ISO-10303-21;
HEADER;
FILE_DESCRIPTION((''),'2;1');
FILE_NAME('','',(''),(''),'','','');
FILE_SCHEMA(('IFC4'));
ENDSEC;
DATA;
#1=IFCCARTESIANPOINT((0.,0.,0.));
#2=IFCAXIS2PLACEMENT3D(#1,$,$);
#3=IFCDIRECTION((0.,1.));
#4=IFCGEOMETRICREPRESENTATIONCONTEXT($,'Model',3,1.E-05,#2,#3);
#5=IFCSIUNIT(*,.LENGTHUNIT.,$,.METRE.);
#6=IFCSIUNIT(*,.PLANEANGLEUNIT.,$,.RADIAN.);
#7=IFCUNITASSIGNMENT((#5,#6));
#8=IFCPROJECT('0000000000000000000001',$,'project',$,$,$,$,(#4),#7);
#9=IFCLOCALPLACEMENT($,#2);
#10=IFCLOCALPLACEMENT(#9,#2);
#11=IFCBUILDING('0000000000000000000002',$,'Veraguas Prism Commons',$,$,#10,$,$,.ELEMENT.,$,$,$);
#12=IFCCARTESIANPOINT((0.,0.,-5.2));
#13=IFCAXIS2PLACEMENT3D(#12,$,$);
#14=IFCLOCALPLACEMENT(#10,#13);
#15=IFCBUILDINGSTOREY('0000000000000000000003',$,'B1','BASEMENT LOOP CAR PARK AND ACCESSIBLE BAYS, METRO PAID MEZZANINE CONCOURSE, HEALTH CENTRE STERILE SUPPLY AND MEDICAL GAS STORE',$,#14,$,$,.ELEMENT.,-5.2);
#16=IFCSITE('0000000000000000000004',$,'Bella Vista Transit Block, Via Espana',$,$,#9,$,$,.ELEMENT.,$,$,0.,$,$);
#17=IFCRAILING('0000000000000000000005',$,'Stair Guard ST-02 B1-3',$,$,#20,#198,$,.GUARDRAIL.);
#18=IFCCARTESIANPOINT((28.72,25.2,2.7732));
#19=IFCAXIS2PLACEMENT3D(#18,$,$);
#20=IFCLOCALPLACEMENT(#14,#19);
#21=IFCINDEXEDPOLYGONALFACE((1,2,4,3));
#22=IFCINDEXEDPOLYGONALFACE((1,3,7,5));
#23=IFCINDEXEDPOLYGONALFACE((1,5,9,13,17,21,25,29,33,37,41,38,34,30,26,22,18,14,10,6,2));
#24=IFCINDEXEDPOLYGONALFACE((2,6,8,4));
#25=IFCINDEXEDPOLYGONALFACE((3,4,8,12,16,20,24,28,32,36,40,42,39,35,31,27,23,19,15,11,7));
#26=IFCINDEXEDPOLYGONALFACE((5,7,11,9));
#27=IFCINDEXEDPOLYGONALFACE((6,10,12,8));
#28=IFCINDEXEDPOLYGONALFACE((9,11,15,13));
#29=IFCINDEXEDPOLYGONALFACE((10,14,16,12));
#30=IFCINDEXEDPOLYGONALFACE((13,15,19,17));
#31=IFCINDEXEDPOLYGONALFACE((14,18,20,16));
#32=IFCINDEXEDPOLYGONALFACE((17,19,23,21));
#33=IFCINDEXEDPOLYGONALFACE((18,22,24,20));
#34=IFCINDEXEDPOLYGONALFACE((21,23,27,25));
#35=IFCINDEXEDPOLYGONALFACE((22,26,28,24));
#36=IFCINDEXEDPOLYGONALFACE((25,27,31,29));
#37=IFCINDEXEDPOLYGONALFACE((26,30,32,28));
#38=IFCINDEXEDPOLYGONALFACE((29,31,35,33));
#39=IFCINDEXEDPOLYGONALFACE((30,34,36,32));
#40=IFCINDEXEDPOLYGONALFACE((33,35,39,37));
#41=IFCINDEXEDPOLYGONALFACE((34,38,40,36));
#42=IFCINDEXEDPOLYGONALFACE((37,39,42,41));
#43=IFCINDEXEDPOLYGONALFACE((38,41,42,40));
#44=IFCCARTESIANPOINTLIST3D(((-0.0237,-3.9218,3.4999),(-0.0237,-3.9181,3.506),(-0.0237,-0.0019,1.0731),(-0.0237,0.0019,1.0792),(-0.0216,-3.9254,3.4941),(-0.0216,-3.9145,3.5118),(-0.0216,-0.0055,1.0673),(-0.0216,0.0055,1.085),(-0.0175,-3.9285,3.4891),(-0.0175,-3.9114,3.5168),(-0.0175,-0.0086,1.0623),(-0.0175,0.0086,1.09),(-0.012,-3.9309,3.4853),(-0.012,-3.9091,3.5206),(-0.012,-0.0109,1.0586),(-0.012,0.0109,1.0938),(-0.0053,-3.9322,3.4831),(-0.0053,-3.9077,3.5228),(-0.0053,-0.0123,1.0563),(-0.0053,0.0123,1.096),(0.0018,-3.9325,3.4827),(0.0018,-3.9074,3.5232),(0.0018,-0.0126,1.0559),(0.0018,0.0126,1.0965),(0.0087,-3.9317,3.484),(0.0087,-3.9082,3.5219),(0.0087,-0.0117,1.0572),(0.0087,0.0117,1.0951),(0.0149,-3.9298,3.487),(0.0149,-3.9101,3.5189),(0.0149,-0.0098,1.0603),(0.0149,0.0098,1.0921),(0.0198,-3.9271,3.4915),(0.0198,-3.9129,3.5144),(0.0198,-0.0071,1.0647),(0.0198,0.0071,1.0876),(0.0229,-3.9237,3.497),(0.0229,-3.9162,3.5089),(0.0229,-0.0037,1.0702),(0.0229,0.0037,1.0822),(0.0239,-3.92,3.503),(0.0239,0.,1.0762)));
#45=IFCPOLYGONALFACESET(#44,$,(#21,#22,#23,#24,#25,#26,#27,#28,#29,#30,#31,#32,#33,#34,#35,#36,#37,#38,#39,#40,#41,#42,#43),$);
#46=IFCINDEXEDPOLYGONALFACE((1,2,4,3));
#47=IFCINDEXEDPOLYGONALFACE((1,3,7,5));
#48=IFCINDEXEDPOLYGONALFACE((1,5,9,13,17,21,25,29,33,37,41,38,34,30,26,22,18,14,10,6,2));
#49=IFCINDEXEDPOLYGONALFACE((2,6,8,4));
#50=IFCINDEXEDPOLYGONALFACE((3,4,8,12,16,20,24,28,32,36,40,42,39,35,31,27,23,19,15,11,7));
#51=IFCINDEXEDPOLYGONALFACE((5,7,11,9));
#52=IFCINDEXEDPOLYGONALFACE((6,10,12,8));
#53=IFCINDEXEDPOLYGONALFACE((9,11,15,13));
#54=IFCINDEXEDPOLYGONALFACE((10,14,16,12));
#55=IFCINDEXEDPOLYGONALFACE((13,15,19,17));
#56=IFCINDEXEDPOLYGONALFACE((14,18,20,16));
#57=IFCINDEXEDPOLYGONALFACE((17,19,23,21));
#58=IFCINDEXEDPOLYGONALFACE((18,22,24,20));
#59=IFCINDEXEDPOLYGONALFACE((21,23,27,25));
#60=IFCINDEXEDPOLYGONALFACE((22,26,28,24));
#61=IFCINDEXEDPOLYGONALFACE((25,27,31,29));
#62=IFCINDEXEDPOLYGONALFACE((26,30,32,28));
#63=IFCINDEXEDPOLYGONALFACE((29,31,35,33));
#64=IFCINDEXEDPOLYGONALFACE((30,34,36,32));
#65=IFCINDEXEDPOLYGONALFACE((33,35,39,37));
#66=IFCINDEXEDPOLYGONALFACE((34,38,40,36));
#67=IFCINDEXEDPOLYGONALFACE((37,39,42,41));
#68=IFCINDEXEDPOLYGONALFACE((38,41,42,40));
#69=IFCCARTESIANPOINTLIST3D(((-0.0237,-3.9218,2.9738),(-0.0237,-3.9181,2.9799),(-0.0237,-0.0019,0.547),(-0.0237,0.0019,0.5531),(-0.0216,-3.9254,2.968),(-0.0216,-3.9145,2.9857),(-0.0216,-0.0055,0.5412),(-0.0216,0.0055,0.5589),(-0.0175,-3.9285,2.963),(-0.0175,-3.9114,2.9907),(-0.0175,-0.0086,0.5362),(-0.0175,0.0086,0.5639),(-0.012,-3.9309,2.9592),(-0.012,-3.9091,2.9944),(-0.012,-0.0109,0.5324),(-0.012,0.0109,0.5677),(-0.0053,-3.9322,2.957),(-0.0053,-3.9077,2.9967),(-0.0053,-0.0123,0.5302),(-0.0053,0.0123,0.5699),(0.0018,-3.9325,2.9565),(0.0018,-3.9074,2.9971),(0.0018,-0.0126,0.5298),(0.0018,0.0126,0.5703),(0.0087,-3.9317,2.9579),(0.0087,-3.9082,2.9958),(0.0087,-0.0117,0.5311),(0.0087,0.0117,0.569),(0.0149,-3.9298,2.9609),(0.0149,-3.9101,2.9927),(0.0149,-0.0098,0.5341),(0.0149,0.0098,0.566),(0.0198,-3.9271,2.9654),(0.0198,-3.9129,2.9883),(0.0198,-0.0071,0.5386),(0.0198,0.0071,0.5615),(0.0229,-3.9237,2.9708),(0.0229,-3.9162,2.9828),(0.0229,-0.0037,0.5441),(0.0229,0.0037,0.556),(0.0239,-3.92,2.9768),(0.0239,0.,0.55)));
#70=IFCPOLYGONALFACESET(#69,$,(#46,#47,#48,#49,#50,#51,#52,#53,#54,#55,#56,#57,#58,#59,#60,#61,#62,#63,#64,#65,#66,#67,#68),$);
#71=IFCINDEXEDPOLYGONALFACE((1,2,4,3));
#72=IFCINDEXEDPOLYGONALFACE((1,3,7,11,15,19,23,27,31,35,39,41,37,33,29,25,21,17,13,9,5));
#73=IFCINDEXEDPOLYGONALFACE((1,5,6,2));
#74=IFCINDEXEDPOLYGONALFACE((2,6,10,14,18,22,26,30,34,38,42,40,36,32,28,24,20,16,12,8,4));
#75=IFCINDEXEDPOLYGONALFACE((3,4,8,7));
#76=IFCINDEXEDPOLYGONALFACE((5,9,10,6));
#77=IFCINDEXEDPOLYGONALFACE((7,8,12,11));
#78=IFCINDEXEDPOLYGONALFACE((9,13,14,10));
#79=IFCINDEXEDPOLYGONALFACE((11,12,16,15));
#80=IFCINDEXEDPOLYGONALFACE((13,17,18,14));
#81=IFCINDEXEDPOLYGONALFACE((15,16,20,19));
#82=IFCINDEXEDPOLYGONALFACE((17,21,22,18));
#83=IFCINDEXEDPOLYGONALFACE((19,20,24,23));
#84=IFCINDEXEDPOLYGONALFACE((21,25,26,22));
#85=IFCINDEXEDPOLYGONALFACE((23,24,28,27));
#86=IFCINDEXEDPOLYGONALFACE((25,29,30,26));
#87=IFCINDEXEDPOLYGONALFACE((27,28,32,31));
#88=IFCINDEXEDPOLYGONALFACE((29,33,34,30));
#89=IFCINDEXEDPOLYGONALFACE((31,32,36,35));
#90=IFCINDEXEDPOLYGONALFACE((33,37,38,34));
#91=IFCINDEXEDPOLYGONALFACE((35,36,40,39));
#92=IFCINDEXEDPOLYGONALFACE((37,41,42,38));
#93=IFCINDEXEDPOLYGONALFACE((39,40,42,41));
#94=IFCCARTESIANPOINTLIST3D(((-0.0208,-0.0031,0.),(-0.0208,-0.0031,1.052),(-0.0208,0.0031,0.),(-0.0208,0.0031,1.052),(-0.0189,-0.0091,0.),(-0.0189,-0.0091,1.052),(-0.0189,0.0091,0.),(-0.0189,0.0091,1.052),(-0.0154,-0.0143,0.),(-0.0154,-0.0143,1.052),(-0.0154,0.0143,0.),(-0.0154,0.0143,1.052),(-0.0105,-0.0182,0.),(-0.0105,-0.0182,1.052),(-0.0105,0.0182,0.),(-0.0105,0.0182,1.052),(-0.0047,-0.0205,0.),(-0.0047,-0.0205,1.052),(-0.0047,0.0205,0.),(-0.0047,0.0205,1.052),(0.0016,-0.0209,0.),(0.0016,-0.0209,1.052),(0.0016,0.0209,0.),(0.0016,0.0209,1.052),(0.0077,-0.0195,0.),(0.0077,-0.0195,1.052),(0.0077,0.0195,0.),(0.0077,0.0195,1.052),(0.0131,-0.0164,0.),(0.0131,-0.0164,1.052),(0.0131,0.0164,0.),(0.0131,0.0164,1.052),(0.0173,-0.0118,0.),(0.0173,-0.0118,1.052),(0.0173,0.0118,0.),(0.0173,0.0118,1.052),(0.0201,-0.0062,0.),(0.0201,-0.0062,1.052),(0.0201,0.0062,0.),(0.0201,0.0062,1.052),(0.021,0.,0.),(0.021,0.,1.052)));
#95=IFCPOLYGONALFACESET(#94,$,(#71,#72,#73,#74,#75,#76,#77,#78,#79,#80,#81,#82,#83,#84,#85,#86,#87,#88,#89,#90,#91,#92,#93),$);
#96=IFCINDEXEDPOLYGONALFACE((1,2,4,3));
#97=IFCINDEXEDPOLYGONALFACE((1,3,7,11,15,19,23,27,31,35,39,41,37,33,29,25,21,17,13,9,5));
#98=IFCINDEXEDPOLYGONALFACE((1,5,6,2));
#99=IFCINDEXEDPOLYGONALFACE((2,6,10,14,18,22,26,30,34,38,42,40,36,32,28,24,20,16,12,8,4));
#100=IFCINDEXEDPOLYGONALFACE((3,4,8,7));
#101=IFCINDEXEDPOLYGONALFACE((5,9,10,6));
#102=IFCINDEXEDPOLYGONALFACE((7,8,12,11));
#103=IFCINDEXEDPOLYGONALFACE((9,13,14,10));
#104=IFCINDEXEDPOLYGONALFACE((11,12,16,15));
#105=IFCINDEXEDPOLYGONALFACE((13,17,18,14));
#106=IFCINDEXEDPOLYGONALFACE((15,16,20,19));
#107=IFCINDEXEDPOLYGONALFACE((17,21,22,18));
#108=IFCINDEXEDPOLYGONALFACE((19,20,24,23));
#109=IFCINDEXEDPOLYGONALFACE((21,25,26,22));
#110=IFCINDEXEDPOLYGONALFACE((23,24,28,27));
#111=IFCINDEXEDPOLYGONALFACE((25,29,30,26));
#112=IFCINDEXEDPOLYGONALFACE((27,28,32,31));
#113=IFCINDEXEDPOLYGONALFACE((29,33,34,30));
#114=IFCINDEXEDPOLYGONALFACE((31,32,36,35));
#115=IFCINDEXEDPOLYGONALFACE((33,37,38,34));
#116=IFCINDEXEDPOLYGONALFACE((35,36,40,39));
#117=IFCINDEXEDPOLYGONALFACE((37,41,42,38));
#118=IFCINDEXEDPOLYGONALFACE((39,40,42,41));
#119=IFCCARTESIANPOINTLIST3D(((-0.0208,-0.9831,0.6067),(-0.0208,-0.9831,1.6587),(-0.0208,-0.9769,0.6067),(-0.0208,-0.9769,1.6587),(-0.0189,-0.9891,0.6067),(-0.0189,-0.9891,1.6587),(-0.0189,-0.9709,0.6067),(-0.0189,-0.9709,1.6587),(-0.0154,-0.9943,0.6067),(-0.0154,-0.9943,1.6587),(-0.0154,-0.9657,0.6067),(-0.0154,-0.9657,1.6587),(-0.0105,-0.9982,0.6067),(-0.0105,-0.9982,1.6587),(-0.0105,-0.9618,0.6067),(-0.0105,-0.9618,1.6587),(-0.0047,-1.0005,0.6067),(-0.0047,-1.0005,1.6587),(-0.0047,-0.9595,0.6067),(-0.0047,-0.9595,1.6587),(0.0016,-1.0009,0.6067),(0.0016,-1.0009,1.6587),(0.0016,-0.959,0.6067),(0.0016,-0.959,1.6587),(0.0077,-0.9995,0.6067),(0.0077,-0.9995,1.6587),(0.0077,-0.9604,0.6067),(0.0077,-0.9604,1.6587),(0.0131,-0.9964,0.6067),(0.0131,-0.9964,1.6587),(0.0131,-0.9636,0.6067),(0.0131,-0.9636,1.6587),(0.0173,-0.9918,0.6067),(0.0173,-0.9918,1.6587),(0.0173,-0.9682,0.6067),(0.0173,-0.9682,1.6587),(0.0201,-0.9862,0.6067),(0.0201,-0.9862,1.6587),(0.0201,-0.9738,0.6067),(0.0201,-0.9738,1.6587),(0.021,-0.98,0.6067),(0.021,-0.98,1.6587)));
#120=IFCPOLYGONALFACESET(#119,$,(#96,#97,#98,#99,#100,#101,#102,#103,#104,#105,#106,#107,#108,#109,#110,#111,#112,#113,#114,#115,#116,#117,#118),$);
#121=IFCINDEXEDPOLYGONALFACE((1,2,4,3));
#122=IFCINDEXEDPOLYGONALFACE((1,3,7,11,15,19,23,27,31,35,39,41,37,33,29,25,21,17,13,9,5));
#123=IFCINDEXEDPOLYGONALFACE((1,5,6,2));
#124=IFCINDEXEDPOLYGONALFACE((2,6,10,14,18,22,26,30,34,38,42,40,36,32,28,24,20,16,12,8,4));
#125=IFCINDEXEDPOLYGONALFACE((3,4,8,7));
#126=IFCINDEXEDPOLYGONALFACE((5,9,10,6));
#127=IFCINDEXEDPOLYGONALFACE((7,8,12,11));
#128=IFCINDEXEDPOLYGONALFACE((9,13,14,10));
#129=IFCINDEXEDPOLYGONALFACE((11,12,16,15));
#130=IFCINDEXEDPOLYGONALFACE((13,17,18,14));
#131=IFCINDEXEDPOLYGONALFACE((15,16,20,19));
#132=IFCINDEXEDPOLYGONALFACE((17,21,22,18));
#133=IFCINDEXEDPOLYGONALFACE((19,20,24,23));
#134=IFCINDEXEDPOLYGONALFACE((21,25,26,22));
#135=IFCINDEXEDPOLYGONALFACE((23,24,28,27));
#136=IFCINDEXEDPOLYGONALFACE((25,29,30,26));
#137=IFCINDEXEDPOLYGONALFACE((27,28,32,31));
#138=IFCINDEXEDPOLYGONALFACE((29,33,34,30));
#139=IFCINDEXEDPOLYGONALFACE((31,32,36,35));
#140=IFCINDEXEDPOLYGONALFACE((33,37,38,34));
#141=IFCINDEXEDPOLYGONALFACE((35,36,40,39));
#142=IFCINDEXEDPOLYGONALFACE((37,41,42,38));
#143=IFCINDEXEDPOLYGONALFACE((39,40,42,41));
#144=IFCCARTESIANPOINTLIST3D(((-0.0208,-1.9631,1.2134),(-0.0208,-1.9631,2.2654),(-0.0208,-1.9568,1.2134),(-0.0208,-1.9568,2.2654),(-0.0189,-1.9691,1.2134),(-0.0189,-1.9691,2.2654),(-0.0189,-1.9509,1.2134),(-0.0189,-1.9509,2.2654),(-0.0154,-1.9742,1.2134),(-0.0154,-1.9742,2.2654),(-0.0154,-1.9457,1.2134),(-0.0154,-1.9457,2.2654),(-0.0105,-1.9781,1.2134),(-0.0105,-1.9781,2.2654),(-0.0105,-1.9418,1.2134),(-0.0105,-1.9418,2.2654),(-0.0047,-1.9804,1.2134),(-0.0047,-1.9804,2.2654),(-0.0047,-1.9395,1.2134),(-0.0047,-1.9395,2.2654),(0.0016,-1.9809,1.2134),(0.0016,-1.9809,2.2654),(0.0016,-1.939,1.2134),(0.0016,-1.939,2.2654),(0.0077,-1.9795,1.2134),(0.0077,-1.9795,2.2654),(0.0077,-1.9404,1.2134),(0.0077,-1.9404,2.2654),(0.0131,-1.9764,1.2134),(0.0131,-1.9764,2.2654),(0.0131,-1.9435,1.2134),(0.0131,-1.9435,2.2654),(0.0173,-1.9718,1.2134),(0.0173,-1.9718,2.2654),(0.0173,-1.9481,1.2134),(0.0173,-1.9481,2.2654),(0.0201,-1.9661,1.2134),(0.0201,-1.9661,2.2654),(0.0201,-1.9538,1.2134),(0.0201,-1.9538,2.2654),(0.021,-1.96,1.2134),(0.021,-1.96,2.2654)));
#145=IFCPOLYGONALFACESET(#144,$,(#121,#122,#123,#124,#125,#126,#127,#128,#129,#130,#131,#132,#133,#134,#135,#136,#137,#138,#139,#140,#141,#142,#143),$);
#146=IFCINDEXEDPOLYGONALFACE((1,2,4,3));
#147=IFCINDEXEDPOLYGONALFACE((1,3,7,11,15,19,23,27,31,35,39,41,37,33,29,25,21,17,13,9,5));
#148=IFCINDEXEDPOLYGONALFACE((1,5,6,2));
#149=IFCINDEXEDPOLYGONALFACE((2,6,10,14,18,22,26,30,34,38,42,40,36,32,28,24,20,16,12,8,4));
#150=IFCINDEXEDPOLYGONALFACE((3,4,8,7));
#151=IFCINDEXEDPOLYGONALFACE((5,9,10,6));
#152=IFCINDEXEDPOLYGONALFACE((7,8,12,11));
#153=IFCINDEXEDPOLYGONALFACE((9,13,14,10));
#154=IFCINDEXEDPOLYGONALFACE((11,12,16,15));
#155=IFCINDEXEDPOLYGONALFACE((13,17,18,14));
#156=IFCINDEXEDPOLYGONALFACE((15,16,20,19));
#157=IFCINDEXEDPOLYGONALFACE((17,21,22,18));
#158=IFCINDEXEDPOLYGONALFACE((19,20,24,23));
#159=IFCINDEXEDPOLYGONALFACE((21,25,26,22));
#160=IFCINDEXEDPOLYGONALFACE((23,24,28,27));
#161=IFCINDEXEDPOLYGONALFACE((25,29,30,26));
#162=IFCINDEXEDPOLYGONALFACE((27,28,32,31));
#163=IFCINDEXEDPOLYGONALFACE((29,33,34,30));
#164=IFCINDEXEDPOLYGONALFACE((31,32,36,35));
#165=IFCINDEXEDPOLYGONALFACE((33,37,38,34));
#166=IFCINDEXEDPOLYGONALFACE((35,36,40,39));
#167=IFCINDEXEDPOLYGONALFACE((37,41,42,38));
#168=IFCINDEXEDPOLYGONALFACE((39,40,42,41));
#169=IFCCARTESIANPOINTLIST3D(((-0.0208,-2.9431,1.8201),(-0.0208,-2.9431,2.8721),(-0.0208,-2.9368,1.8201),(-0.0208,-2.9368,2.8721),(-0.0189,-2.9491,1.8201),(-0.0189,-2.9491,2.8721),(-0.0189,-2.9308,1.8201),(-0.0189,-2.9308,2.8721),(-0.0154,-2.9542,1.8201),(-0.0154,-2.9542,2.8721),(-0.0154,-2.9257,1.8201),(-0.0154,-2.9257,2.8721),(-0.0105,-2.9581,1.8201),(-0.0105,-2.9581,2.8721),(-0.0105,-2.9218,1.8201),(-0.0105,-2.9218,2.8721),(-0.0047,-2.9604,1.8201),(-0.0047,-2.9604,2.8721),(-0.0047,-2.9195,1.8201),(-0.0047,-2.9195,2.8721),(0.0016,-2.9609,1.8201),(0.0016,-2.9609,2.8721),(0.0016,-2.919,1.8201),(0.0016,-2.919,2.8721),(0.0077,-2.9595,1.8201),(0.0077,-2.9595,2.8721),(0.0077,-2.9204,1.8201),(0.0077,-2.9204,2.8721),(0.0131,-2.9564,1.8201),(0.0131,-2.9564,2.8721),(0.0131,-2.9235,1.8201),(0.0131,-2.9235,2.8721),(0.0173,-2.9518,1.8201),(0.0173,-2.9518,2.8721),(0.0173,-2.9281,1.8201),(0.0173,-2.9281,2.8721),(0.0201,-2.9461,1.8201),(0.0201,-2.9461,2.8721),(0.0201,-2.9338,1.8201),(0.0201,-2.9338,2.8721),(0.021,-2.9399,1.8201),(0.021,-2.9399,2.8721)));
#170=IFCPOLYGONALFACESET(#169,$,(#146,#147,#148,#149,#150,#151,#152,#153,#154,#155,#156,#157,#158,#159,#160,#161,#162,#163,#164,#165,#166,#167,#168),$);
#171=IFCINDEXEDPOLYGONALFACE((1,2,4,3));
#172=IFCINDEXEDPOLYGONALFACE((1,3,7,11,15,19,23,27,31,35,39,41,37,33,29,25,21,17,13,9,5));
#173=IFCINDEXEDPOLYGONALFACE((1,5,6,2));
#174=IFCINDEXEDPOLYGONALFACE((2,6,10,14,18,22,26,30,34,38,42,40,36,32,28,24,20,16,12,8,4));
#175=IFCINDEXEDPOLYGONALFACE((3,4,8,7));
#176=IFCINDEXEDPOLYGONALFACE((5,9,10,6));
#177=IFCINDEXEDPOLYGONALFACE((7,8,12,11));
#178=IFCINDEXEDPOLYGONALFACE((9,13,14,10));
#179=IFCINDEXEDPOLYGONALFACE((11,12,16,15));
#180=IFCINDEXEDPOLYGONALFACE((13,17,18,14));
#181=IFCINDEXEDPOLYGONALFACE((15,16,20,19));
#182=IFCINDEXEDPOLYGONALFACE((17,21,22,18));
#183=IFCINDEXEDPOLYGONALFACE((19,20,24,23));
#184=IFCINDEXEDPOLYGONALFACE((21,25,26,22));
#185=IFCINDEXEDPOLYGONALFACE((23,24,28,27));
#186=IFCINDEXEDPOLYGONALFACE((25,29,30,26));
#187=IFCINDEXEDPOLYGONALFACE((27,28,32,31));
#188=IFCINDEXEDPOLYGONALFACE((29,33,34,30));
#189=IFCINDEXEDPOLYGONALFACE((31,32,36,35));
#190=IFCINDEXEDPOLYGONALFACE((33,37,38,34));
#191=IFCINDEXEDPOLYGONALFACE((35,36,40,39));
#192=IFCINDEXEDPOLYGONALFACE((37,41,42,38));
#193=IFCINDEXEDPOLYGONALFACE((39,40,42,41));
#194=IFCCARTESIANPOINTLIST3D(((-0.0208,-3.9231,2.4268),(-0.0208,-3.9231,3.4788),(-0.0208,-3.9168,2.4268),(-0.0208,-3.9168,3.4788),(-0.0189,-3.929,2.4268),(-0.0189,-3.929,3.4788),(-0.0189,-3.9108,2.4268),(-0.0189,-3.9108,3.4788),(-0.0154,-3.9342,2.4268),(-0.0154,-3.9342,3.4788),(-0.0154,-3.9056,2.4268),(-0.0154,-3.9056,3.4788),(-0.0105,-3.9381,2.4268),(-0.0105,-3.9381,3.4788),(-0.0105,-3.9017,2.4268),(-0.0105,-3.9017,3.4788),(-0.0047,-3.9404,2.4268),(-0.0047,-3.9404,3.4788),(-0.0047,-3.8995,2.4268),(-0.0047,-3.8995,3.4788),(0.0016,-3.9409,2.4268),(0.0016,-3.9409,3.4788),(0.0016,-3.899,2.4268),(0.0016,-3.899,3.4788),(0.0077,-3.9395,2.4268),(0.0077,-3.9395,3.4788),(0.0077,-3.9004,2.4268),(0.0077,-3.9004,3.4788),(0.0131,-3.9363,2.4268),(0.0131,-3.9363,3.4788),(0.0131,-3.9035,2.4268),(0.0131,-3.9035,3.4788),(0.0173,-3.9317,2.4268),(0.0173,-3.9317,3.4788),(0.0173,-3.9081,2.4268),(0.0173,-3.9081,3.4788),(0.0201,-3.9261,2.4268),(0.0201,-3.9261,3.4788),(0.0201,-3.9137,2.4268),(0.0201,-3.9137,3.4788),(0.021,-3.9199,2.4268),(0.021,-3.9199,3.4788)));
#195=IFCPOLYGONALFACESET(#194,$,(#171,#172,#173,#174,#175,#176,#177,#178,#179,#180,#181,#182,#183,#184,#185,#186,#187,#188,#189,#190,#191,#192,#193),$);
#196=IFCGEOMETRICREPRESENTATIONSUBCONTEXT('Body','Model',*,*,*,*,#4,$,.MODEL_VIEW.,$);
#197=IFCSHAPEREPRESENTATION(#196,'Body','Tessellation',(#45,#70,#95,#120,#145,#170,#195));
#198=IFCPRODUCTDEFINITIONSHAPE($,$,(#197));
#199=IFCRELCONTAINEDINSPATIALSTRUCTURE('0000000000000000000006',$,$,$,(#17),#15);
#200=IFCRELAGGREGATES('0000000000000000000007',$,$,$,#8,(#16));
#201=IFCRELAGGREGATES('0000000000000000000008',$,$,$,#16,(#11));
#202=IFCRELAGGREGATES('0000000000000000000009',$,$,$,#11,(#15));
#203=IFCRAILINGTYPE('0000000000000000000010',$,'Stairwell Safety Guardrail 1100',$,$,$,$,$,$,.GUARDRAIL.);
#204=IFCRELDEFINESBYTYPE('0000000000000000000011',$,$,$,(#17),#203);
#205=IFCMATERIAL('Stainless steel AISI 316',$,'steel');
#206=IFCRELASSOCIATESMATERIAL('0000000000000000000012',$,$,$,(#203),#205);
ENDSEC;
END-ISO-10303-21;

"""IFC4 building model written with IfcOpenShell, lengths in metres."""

from ifc_helpers import new_model, si_unit, direction, frame, origin, origin_2d, place, context, subcontext, project, spatial, circle, extrude, material, type_object, element, save


model = new_model("IFC4")

# Units and contexts
model_context = context("Model", 3, precision=1e-05, world=origin(), true_north=direction((0.0, 1.0)))
body_context = subcontext(model_context, "Body", "Model", "MODEL_VIEW")
ifc_project = project(units=[si_unit("LENGTHUNIT", "METRE"), si_unit("PLANEANGLEUNIT", "RADIAN")], contexts=[model_context])

# Site, building, storey
site_placement = place(None, origin())
site = spatial("IfcSite", under=ifc_project, at=site_placement, Name="Bella Vista Transit Block, Via Espana", CompositionType="ELEMENT", RefElevation=0.0)
building_placement = place(site_placement, origin())
building = spatial("IfcBuilding", under=site, at=building_placement, Name="Veraguas Prism Commons", CompositionType="ELEMENT")
storey_placement = place(building_placement, frame((0.0, 0.0, -5.2)))
storey = spatial("IfcBuildingStorey", under=building, at=storey_placement, Name="B1", Description="BASEMENT LOOP CAR PARK AND ACCESSIBLE BAYS, METRO PAID MEZZANINE CONCOURSE, HEALTH CENTRE STERILE SUPPLY AND MEDICAL GAS STORE", CompositionType="ELEMENT", Elevation=-5.2)

# Railing
ifc_material_1 = material(Name="Stainless steel AISI 316", Category="steel")
railing_type_1 = type_object("IfcRailingType", Name="Stairwell Safety Guardrail 1100", PredefinedType="GUARDRAIL", material=ifc_material_1)
railing_1_placement = place(storey_placement, frame((28.72, 25.2, 2.7732)))
element("IfcRailing", 1, at=railing_1_placement, inside=storey, type_object=railing_type_1, Name="Stair Guard ST-02 B1-3", PredefinedType="GUARDRAIL", context=body_context, shape_type="SweptSolid", body=[
    extrude(circle(Radius=0.0239, at=origin_2d()), frame((0.0, 0.0, 1.0762), z_axis=(0.0, -0.850252, 0.526376), x_axis=(1.0, 0.0, 0.0)), (0.0, 0.0, 1.0), 4.6104),
    extrude(circle(Radius=0.0239, at=origin_2d()), frame((0.0, 0.0, 0.55), z_axis=(0.0, -0.850252, 0.526376), x_axis=(1.0, 0.0, 0.0)), (0.0, 0.0, 1.0), 4.6104),
    extrude(circle(Radius=0.021, at=origin_2d()), origin(), (0.0, 0.0, 1.0), 1.052),
    extrude(circle(Radius=0.021, at=origin_2d()), frame((0.0, -0.98, 0.6067)), (0.0, 0.0, 1.0), 1.052),
    extrude(circle(Radius=0.021, at=origin_2d()), frame((0.0, -1.96, 1.2134)), (0.0, 0.0, 1.0), 1.052),
    extrude(circle(Radius=0.021, at=origin_2d()), frame((0.0, -2.9399, 1.8201)), (0.0, 0.0, 1.0), 1.052),
    extrude(circle(Radius=0.021, at=origin_2d()), frame((0.0, -3.9199, 2.4268)), (0.0, 0.0, 1.0), 1.052),
])

save(model, "model.ifc")
